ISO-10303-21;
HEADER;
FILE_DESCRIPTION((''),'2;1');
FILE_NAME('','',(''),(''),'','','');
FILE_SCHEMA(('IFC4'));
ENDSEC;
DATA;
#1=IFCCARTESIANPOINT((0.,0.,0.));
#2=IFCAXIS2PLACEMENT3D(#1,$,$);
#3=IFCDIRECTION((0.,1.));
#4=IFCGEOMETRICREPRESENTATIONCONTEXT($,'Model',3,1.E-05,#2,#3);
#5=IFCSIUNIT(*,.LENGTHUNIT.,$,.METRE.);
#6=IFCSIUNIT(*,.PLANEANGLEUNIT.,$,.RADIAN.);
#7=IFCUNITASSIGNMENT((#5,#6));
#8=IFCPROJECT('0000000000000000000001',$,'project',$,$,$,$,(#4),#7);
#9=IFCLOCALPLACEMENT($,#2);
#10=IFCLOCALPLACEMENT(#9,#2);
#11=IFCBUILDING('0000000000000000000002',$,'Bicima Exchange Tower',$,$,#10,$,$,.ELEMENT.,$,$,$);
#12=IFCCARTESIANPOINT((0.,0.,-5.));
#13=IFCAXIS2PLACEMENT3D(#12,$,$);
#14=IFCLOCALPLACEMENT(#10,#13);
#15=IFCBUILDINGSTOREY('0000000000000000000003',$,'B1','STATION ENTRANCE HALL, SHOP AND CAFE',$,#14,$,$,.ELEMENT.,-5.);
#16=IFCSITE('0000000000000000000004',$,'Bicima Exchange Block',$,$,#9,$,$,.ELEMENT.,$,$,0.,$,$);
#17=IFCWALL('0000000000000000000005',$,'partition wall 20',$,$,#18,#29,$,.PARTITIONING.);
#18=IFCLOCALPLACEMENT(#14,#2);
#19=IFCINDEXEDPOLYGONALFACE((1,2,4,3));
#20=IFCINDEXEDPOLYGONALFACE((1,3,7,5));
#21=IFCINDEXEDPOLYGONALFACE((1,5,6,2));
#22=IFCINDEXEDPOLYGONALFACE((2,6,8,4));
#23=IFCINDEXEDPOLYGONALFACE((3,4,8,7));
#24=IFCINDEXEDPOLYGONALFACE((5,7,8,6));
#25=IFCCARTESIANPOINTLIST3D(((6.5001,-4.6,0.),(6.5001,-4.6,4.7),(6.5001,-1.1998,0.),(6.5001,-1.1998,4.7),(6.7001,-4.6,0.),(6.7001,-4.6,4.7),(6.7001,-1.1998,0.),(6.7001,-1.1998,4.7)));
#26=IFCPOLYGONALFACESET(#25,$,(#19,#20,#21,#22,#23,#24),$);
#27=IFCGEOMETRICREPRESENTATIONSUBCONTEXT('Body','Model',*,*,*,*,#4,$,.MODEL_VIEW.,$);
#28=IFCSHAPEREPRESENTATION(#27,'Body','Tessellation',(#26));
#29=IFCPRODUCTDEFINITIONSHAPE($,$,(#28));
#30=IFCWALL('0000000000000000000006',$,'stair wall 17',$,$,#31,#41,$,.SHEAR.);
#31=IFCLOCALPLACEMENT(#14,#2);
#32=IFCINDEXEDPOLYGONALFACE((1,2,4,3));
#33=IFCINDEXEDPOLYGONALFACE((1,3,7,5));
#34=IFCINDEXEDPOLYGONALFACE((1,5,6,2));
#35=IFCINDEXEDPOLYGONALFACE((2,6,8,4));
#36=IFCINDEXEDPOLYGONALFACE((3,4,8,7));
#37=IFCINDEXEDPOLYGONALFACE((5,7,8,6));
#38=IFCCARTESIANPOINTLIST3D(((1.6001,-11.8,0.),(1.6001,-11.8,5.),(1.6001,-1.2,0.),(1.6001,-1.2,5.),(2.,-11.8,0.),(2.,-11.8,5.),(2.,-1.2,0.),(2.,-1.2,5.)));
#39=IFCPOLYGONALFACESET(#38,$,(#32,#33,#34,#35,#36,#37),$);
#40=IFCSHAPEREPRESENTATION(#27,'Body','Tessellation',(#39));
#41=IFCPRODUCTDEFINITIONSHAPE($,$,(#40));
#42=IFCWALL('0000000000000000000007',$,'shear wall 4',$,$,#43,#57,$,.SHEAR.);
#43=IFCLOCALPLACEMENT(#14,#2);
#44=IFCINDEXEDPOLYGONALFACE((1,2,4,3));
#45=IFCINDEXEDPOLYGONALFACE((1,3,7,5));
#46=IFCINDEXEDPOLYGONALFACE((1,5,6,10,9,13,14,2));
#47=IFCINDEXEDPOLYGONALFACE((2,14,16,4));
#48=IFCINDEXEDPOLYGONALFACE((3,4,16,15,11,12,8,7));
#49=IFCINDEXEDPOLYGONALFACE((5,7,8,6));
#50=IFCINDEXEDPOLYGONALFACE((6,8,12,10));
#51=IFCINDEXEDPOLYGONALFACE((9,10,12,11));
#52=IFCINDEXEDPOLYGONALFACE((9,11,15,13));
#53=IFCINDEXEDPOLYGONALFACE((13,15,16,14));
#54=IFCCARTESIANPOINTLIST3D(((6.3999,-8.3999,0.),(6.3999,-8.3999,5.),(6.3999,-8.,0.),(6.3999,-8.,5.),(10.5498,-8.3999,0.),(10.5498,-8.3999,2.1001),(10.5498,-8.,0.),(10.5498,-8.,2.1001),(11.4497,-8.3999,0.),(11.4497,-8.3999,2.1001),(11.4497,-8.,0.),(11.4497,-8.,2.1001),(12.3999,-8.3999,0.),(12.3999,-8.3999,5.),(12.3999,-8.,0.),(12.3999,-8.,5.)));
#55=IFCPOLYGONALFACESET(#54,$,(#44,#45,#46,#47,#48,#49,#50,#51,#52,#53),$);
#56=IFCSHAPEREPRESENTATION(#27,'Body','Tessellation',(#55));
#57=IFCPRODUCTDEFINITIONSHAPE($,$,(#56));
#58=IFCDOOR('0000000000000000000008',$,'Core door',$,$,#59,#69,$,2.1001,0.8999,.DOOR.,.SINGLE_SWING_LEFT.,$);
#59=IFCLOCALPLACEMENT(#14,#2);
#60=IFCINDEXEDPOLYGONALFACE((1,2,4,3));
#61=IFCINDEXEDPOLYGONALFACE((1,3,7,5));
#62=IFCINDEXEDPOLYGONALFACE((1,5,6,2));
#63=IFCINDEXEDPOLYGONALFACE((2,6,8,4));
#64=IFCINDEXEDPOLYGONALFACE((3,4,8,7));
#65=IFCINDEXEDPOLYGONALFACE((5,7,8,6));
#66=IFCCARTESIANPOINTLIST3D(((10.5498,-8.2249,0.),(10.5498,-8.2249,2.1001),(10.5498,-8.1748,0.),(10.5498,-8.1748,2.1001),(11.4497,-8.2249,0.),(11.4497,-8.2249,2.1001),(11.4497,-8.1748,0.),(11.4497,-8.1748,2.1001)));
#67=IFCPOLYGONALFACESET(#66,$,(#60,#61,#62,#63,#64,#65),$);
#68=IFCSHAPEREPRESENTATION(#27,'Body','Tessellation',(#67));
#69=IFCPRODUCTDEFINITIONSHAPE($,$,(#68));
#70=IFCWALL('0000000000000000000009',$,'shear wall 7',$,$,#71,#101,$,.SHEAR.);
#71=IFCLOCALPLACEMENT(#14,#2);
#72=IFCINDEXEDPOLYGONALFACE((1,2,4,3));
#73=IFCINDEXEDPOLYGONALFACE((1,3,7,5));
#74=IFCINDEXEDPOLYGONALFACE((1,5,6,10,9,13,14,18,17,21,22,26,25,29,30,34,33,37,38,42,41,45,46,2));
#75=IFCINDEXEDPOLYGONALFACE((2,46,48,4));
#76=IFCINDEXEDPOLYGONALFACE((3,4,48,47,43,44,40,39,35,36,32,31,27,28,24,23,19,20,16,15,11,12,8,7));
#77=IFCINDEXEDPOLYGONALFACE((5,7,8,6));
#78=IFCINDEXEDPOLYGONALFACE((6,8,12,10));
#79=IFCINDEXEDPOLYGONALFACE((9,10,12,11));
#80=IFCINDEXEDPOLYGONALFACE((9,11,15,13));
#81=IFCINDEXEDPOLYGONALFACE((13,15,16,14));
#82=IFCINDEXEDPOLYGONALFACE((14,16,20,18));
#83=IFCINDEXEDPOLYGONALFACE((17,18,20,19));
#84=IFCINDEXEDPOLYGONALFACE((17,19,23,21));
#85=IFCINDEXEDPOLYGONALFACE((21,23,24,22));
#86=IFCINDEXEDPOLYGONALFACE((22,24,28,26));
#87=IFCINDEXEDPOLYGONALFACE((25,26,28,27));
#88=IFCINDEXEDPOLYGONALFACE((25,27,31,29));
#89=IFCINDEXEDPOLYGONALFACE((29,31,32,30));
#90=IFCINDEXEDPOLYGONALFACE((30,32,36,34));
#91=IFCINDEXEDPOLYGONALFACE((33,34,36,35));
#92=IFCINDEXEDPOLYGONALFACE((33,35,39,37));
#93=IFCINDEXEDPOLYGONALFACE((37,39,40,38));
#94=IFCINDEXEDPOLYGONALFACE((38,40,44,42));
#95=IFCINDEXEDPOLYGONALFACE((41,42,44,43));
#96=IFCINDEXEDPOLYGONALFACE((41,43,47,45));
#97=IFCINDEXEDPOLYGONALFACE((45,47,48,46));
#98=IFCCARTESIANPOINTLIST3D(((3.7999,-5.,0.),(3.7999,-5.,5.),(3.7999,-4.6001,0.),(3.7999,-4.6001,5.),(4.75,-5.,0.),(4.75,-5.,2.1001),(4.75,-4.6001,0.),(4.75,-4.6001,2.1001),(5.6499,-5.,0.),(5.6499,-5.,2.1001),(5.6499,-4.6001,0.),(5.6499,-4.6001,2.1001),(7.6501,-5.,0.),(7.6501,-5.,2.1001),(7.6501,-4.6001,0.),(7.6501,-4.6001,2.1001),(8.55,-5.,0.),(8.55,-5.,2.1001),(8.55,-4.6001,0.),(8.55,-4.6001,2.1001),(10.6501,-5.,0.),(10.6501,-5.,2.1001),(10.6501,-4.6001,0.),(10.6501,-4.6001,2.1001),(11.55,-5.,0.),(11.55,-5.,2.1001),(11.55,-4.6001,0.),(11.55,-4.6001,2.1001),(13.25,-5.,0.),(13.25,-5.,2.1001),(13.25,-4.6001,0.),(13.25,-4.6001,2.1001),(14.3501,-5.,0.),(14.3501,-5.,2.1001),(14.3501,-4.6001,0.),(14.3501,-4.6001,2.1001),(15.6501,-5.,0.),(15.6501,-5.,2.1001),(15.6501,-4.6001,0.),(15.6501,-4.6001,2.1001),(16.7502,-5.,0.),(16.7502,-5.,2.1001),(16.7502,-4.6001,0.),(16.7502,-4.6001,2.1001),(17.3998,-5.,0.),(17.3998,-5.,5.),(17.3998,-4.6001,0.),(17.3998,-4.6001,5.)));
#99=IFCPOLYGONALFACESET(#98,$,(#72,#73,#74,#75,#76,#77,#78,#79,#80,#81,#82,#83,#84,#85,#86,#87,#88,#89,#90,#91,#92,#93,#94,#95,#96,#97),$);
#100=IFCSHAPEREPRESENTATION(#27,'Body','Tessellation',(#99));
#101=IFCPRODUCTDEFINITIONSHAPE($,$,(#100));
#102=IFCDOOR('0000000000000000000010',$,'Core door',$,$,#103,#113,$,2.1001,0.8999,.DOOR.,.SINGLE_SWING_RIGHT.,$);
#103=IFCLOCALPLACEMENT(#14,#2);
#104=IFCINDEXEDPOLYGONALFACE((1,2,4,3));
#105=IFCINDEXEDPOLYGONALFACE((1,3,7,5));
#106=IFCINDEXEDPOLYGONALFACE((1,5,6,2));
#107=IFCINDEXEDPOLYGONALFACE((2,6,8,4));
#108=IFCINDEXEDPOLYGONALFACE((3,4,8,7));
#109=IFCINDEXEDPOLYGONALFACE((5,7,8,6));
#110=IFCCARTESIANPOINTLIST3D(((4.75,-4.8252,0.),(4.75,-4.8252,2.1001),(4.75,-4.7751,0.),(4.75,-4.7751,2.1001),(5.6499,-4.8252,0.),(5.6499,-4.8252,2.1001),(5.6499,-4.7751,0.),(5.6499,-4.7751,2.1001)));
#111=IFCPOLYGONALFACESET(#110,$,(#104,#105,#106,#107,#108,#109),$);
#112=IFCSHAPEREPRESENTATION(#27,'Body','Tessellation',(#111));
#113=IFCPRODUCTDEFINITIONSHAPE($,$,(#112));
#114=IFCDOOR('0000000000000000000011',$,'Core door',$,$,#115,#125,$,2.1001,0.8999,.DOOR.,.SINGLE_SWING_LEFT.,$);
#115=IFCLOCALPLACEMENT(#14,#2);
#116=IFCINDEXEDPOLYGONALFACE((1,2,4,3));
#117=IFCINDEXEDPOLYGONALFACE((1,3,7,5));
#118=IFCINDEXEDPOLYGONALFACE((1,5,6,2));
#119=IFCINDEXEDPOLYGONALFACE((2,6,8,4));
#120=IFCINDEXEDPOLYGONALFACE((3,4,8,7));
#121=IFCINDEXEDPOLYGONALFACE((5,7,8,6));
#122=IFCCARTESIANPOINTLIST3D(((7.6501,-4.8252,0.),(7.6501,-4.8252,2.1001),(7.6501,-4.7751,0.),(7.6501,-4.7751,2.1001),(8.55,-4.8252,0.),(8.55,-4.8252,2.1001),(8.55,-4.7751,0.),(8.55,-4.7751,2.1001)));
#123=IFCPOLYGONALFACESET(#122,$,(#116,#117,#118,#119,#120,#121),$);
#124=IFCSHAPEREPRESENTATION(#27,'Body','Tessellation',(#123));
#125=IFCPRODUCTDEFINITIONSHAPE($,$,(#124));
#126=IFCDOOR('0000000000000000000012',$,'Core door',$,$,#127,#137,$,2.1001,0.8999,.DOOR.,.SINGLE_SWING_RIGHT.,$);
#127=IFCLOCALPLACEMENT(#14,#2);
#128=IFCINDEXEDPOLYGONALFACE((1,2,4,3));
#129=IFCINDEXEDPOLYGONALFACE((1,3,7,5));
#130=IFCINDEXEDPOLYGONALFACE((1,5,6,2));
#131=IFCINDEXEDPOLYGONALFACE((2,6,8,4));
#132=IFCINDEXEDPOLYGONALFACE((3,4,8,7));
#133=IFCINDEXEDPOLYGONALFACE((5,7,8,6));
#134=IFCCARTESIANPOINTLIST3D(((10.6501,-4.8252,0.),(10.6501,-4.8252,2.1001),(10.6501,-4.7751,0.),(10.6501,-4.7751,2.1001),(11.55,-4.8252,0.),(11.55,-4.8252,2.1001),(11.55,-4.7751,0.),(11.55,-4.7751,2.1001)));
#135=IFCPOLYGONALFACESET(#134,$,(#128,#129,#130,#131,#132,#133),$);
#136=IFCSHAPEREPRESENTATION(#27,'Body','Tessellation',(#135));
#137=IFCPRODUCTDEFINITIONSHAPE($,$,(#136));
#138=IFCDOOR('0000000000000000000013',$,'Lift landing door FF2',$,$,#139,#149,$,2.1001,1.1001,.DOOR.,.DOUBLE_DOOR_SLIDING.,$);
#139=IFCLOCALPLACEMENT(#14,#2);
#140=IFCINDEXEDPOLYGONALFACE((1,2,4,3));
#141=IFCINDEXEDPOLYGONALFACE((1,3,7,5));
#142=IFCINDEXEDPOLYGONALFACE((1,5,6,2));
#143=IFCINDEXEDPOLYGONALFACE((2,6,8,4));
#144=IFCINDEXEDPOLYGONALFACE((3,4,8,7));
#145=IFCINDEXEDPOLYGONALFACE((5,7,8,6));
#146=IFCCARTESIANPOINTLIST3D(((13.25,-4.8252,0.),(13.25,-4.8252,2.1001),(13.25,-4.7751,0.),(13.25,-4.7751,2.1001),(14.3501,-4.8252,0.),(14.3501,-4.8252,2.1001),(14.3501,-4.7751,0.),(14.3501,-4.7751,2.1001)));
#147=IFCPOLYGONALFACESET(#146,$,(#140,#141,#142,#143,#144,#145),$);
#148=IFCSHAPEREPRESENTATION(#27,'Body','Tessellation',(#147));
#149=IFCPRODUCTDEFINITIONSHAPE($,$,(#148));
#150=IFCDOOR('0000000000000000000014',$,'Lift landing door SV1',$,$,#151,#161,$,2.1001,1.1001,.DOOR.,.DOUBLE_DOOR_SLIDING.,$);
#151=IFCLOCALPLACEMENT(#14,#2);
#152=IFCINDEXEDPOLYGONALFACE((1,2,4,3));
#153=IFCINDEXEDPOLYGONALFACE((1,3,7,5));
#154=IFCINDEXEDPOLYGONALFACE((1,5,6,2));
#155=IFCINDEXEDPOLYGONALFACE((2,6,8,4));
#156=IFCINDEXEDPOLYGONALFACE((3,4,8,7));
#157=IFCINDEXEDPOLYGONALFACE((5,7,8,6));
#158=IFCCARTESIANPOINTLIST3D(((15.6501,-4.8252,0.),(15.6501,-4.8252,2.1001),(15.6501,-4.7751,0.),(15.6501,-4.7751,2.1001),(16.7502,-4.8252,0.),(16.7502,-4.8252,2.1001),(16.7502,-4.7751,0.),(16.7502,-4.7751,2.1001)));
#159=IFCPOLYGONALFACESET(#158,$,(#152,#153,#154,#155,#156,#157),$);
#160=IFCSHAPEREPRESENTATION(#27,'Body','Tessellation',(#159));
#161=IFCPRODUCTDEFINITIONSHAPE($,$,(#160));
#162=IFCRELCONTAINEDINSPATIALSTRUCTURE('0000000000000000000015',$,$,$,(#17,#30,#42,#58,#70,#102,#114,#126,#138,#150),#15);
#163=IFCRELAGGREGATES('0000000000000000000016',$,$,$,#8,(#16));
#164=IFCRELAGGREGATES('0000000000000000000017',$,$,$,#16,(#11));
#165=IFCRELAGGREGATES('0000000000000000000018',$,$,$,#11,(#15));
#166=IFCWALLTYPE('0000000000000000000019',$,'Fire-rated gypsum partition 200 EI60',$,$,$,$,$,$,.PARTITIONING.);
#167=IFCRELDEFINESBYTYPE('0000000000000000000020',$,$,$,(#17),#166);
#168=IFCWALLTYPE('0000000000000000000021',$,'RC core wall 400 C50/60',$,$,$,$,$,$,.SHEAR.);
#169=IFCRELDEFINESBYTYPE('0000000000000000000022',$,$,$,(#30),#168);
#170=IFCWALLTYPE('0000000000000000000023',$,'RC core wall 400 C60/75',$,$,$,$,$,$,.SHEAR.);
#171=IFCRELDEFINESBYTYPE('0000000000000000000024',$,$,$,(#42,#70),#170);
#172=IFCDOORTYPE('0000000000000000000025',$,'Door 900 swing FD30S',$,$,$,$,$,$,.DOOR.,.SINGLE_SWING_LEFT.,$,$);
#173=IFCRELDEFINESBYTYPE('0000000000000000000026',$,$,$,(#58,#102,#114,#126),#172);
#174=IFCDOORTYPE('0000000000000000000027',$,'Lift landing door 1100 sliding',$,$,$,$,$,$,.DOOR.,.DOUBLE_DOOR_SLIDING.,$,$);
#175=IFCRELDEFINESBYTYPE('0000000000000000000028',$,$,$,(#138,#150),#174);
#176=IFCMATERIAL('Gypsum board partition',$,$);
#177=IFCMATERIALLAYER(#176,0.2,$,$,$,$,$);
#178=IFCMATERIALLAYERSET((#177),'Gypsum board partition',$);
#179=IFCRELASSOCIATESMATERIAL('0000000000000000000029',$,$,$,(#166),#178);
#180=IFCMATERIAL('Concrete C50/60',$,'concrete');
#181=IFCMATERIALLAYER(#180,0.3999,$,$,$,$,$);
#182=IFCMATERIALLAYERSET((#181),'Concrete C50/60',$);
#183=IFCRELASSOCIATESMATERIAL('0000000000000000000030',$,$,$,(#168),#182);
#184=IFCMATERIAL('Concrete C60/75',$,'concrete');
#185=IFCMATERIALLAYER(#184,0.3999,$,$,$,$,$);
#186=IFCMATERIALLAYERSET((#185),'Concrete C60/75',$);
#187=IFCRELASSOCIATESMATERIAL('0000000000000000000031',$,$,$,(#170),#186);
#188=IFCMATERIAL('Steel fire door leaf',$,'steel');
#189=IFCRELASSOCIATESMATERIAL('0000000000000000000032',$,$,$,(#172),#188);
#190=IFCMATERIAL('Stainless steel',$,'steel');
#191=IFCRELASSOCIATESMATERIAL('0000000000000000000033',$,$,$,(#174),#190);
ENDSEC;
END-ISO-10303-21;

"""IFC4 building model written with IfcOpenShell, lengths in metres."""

from ifc_helpers import new_model, si_unit, direction, frame, frame_2d, origin, place, context, subcontext, project, spatial, rectangle, extrude, material, layer, layer_set, type_object, element, fill, save


model = new_model("IFC4")

# Units and contexts
model_context = context("Model", 3, precision=1e-05, world=origin(), true_north=direction((0.0, 1.0)))
body_context = subcontext(model_context, "Body", "Model", "MODEL_VIEW")
ifc_project = project(units=[si_unit("LENGTHUNIT", "METRE"), si_unit("PLANEANGLEUNIT", "RADIAN")], contexts=[model_context])

# Site, building, storey
site_placement = place(None, origin())
site = spatial("IfcSite", under=ifc_project, at=site_placement, Name="Bicima Exchange Block", CompositionType="ELEMENT", RefElevation=0.0)
building_placement = place(site_placement, origin())
building = spatial("IfcBuilding", under=site, at=building_placement, Name="Bicima Exchange Tower", CompositionType="ELEMENT")
storey_placement = place(building_placement, frame((0.0, 0.0, -5.0)))
storey = spatial("IfcBuildingStorey", under=building, at=storey_placement, Name="B1", Description="STATION ENTRANCE HALL, SHOP AND CAFE", CompositionType="ELEMENT", Elevation=-5.0)

# Walls
ifc_material_1 = material(Name="Gypsum board partition")
ifc_layer_1 = layer(ifc_material_1, 0.2)
ifc_layer_set_1 = layer_set([ifc_layer_1], Name="Gypsum board partition")
wall_type_1 = type_object("IfcWallType", Name="Fire-rated gypsum partition 200 EI60", PredefinedType="PARTITIONING", material=ifc_layer_set_1)
wall_1_placement = place(storey_placement, frame((6.6001, -4.6001, 0.0), z_axis=(0.0, 0.0, 1.0), x_axis=(0.0, 1.0, 0.0)))
element("IfcWall", 1, at=wall_1_placement, inside=storey, type_object=wall_type_1, Name="partition wall 20", PredefinedType="PARTITIONING", context=body_context, shape_type="SweptSolid", body=[
    extrude(rectangle(XDim=3.4001, YDim=0.2, at=frame_2d((1.7002, 0.0))), origin(), (0.0, 0.0, 1.0), 4.7),
])
ifc_material_2 = material(Name="Concrete C50/60", Category="concrete")
ifc_layer_2 = layer(ifc_material_2, 0.3999)
ifc_layer_set_2 = layer_set([ifc_layer_2], Name="Concrete C50/60")
wall_type_2 = type_object("IfcWallType", Name="RC core wall 400 C50/60", PredefinedType="SHEAR", material=ifc_layer_set_2)
wall_2_placement = place(storey_placement, frame((1.8, -11.8, 0.0), z_axis=(0.0, 0.0, 1.0), x_axis=(0.0, 1.0, 0.0)))
element("IfcWall", 2, at=wall_2_placement, inside=storey, type_object=wall_type_2, Name="stair wall 17", PredefinedType="SHEAR", context=body_context, shape_type="SweptSolid", body=[
    extrude(rectangle(XDim=10.6001, YDim=0.3999, at=frame_2d((5.3, 0.0))), origin(), (0.0, 0.0, 1.0), 5.0),
])

# Wall, opening, door
ifc_material_3 = material(Name="Concrete C60/75", Category="concrete")
ifc_layer_3 = layer(ifc_material_3, 0.3999)
ifc_layer_set_3 = layer_set([ifc_layer_3], Name="Concrete C60/75")
wall_type_3 = type_object("IfcWallType", Name="RC core wall 400 C60/75", PredefinedType="SHEAR", material=ifc_layer_set_3)
wall_3_placement = place(storey_placement, frame((6.3999, -8.2, 0.0), z_axis=(0.0, 0.0, 1.0), x_axis=(1.0, 0.0, 0.0)))
wall_3 = element("IfcWall", 3, at=wall_3_placement, inside=storey, type_object=wall_type_3, Name="shear wall 4", PredefinedType="SHEAR", context=body_context, shape_type="SweptSolid", body=[
    extrude(rectangle(XDim=6.0, YDim=0.3999, at=frame_2d((3.0, 0.0))), origin(), (0.0, 0.0, 1.0), 5.0),
])
opening_1_placement = place(wall_3_placement, frame((4.1499, 0.0, 0.0)))
opening_1 = element("IfcOpeningElement", 4, at=opening_1_placement, cuts=wall_3, PredefinedType="OPENING", context=body_context, shape_type="SweptSolid", body=[
    extrude(rectangle(XDim=0.8999, YDim=2.1001, at=frame_2d((0.45, 1.05))), frame((0.0, 0.2119, 0.0), z_axis=(0.0, -1.0, 0.0), x_axis=(1.0, 0.0, 0.0)), (0.0, 0.0, 1.0), 0.4238),
])
ifc_material_4 = material(Name="Steel fire door leaf", Category="steel")
door_type_1 = type_object("IfcDoorType", Name="Door 900 swing FD30S", OperationType="SINGLE_SWING_LEFT", PredefinedType="DOOR", material=ifc_material_4)
door_1_placement = place(opening_1_placement, frame((0.8999, 0.0, 0.0), z_axis=(0.0, 0.0, 1.0), x_axis=(-1.0, 0.0, 0.0)))
door_1 = element("IfcDoor", 5, at=door_1_placement, inside=storey, type_object=door_type_1, Name="Core door", OperationType="SINGLE_SWING_LEFT", OverallHeight=2.1001, OverallWidth=0.8999, PredefinedType="DOOR", context=body_context, shape_type="SweptSolid", body=[
    extrude(rectangle(XDim=0.8999, YDim=2.1001, at=frame_2d((0.45, 1.05))), frame((0.0, 0.0249, 0.0), z_axis=(0.0, -1.0, 0.0), x_axis=(1.0, 0.0, 0.0)), (0.0, 0.0, 1.0), 0.05),
])
fill(opening_1, door_1)

# Wall, openings, doors
wall_4_placement = place(storey_placement, frame((3.8, -4.8, 0.0), z_axis=(0.0, 0.0, 1.0), x_axis=(1.0, 0.0, 0.0)))
wall_4 = element("IfcWall", 6, at=wall_4_placement, inside=storey, type_object=wall_type_3, Name="shear wall 7", PredefinedType="SHEAR", context=body_context, shape_type="SweptSolid", body=[
    extrude(rectangle(XDim=13.5999, YDim=0.3999, at=frame_2d((6.7998, 0.0))), origin(), (0.0, 0.0, 1.0), 5.0),
])
opening_2_placement = place(wall_4_placement, frame((9.45, 0.0, 0.0)))
opening_2 = element("IfcOpeningElement", 7, at=opening_2_placement, cuts=wall_4, PredefinedType="OPENING", context=body_context, shape_type="SweptSolid", body=[
    extrude(rectangle(XDim=1.1001, YDim=2.1001, at=frame_2d((0.55, 1.05))), frame((0.0, 0.2119, 0.0), z_axis=(0.0, -1.0, 0.0), x_axis=(1.0, 0.0, 0.0)), (0.0, 0.0, 1.0), 0.4238),
])
opening_3_placement = place(wall_4_placement, frame((11.8501, 0.0, 0.0)))
opening_3 = element("IfcOpeningElement", 8, at=opening_3_placement, cuts=wall_4, PredefinedType="OPENING", context=body_context, shape_type="SweptSolid", body=[
    extrude(rectangle(XDim=1.1001, YDim=2.1001, at=frame_2d((0.55, 1.05))), frame((0.0, 0.2119, 0.0), z_axis=(0.0, -1.0, 0.0), x_axis=(1.0, 0.0, 0.0)), (0.0, 0.0, 1.0), 0.4238),
])
opening_4_placement = place(wall_4_placement, frame((0.95, 0.0, 0.0)))
opening_4 = element("IfcOpeningElement", 9, at=opening_4_placement, cuts=wall_4, PredefinedType="OPENING", context=body_context, shape_type="SweptSolid", body=[
    extrude(rectangle(XDim=0.8999, YDim=2.1001, at=frame_2d((0.45, 1.05))), frame((0.0, 0.2119, 0.0), z_axis=(0.0, -1.0, 0.0), x_axis=(1.0, 0.0, 0.0)), (0.0, 0.0, 1.0), 0.4238),
])
opening_5_placement = place(wall_4_placement, frame((3.8501, 0.0, 0.0)))
opening_5 = element("IfcOpeningElement", 10, at=opening_5_placement, cuts=wall_4, PredefinedType="OPENING", context=body_context, shape_type="SweptSolid", body=[
    extrude(rectangle(XDim=0.8999, YDim=2.1001, at=frame_2d((0.45, 1.05))), frame((0.0, 0.2119, 0.0), z_axis=(0.0, -1.0, 0.0), x_axis=(1.0, 0.0, 0.0)), (0.0, 0.0, 1.0), 0.4238),
])
opening_6_placement = place(wall_4_placement, frame((6.8501, 0.0, 0.0)))
opening_6 = element("IfcOpeningElement", 11, at=opening_6_placement, cuts=wall_4, PredefinedType="OPENING", context=body_context, shape_type="SweptSolid", body=[
    extrude(rectangle(XDim=0.8999, YDim=2.1001, at=frame_2d((0.45, 1.05))), frame((0.0, 0.2119, 0.0), z_axis=(0.0, -1.0, 0.0), x_axis=(1.0, 0.0, 0.0)), (0.0, 0.0, 1.0), 0.4238),
])
door_2_placement = place(opening_4_placement, origin())
door_2 = element("IfcDoor", 12, at=door_2_placement, inside=storey, type_object=door_type_1, Name="Core door", OperationType="SINGLE_SWING_RIGHT", OverallHeight=2.1001, OverallWidth=0.8999, PredefinedType="DOOR", context=body_context, shape_type="SweptSolid", body=[
    extrude(rectangle(XDim=0.8999, YDim=2.1001, at=frame_2d((0.45, 1.05))), frame((0.0, 0.0249, 0.0), z_axis=(0.0, -1.0, 0.0), x_axis=(1.0, 0.0, 0.0)), (0.0, 0.0, 1.0), 0.05),
])
fill(opening_4, door_2)
door_3_placement = place(opening_5_placement, origin())
door_3 = element("IfcDoor", 13, at=door_3_placement, inside=storey, type_object=door_type_1, Name="Core door", OperationType="SINGLE_SWING_LEFT", OverallHeight=2.1001, OverallWidth=0.8999, PredefinedType="DOOR", context=body_context, shape_type="SweptSolid", body=[
    extrude(rectangle(XDim=0.8999, YDim=2.1001, at=frame_2d((0.45, 1.05))), frame((0.0, 0.0249, 0.0), z_axis=(0.0, -1.0, 0.0), x_axis=(1.0, 0.0, 0.0)), (0.0, 0.0, 1.0), 0.05),
])
fill(opening_5, door_3)
door_4_placement = place(opening_6_placement, origin())
door_4 = element("IfcDoor", 14, at=door_4_placement, inside=storey, type_object=door_type_1, Name="Core door", OperationType="SINGLE_SWING_RIGHT", OverallHeight=2.1001, OverallWidth=0.8999, PredefinedType="DOOR", context=body_context, shape_type="SweptSolid", body=[
    extrude(rectangle(XDim=0.8999, YDim=2.1001, at=frame_2d((0.45, 1.05))), frame((0.0, 0.0249, 0.0), z_axis=(0.0, -1.0, 0.0), x_axis=(1.0, 0.0, 0.0)), (0.0, 0.0, 1.0), 0.05),
])
fill(opening_6, door_4)
ifc_material_5 = material(Name="Stainless steel", Category="steel")
door_type_2 = type_object("IfcDoorType", Name="Lift landing door 1100 sliding", OperationType="DOUBLE_DOOR_SLIDING", PredefinedType="DOOR", material=ifc_material_5)
door_5_placement = place(opening_2_placement, origin())
door_5 = element("IfcDoor", 15, at=door_5_placement, inside=storey, type_object=door_type_2, Name="Lift landing door FF2", OperationType="DOUBLE_DOOR_SLIDING", OverallHeight=2.1001, OverallWidth=1.1001, PredefinedType="DOOR", context=body_context, shape_type="SweptSolid", body=[
    extrude(rectangle(XDim=1.1001, YDim=2.1001, at=frame_2d((0.55, 1.05))), frame((0.0, 0.0249, 0.0), z_axis=(0.0, -1.0, 0.0), x_axis=(1.0, 0.0, 0.0)), (0.0, 0.0, 1.0), 0.05),
])
fill(opening_2, door_5)
door_6_placement = place(opening_3_placement, origin())
door_6 = element("IfcDoor", 16, at=door_6_placement, inside=storey, type_object=door_type_2, Name="Lift landing door SV1", OperationType="DOUBLE_DOOR_SLIDING", OverallHeight=2.1001, OverallWidth=1.1001, PredefinedType="DOOR", context=body_context, shape_type="SweptSolid", body=[
    extrude(rectangle(XDim=1.1001, YDim=2.1001, at=frame_2d((0.55, 1.05))), frame((0.0, 0.0249, 0.0), z_axis=(0.0, -1.0, 0.0), x_axis=(1.0, 0.0, 0.0)), (0.0, 0.0, 1.0), 0.05),
])
fill(opening_3, door_6)

save(model, "model.ifc")
